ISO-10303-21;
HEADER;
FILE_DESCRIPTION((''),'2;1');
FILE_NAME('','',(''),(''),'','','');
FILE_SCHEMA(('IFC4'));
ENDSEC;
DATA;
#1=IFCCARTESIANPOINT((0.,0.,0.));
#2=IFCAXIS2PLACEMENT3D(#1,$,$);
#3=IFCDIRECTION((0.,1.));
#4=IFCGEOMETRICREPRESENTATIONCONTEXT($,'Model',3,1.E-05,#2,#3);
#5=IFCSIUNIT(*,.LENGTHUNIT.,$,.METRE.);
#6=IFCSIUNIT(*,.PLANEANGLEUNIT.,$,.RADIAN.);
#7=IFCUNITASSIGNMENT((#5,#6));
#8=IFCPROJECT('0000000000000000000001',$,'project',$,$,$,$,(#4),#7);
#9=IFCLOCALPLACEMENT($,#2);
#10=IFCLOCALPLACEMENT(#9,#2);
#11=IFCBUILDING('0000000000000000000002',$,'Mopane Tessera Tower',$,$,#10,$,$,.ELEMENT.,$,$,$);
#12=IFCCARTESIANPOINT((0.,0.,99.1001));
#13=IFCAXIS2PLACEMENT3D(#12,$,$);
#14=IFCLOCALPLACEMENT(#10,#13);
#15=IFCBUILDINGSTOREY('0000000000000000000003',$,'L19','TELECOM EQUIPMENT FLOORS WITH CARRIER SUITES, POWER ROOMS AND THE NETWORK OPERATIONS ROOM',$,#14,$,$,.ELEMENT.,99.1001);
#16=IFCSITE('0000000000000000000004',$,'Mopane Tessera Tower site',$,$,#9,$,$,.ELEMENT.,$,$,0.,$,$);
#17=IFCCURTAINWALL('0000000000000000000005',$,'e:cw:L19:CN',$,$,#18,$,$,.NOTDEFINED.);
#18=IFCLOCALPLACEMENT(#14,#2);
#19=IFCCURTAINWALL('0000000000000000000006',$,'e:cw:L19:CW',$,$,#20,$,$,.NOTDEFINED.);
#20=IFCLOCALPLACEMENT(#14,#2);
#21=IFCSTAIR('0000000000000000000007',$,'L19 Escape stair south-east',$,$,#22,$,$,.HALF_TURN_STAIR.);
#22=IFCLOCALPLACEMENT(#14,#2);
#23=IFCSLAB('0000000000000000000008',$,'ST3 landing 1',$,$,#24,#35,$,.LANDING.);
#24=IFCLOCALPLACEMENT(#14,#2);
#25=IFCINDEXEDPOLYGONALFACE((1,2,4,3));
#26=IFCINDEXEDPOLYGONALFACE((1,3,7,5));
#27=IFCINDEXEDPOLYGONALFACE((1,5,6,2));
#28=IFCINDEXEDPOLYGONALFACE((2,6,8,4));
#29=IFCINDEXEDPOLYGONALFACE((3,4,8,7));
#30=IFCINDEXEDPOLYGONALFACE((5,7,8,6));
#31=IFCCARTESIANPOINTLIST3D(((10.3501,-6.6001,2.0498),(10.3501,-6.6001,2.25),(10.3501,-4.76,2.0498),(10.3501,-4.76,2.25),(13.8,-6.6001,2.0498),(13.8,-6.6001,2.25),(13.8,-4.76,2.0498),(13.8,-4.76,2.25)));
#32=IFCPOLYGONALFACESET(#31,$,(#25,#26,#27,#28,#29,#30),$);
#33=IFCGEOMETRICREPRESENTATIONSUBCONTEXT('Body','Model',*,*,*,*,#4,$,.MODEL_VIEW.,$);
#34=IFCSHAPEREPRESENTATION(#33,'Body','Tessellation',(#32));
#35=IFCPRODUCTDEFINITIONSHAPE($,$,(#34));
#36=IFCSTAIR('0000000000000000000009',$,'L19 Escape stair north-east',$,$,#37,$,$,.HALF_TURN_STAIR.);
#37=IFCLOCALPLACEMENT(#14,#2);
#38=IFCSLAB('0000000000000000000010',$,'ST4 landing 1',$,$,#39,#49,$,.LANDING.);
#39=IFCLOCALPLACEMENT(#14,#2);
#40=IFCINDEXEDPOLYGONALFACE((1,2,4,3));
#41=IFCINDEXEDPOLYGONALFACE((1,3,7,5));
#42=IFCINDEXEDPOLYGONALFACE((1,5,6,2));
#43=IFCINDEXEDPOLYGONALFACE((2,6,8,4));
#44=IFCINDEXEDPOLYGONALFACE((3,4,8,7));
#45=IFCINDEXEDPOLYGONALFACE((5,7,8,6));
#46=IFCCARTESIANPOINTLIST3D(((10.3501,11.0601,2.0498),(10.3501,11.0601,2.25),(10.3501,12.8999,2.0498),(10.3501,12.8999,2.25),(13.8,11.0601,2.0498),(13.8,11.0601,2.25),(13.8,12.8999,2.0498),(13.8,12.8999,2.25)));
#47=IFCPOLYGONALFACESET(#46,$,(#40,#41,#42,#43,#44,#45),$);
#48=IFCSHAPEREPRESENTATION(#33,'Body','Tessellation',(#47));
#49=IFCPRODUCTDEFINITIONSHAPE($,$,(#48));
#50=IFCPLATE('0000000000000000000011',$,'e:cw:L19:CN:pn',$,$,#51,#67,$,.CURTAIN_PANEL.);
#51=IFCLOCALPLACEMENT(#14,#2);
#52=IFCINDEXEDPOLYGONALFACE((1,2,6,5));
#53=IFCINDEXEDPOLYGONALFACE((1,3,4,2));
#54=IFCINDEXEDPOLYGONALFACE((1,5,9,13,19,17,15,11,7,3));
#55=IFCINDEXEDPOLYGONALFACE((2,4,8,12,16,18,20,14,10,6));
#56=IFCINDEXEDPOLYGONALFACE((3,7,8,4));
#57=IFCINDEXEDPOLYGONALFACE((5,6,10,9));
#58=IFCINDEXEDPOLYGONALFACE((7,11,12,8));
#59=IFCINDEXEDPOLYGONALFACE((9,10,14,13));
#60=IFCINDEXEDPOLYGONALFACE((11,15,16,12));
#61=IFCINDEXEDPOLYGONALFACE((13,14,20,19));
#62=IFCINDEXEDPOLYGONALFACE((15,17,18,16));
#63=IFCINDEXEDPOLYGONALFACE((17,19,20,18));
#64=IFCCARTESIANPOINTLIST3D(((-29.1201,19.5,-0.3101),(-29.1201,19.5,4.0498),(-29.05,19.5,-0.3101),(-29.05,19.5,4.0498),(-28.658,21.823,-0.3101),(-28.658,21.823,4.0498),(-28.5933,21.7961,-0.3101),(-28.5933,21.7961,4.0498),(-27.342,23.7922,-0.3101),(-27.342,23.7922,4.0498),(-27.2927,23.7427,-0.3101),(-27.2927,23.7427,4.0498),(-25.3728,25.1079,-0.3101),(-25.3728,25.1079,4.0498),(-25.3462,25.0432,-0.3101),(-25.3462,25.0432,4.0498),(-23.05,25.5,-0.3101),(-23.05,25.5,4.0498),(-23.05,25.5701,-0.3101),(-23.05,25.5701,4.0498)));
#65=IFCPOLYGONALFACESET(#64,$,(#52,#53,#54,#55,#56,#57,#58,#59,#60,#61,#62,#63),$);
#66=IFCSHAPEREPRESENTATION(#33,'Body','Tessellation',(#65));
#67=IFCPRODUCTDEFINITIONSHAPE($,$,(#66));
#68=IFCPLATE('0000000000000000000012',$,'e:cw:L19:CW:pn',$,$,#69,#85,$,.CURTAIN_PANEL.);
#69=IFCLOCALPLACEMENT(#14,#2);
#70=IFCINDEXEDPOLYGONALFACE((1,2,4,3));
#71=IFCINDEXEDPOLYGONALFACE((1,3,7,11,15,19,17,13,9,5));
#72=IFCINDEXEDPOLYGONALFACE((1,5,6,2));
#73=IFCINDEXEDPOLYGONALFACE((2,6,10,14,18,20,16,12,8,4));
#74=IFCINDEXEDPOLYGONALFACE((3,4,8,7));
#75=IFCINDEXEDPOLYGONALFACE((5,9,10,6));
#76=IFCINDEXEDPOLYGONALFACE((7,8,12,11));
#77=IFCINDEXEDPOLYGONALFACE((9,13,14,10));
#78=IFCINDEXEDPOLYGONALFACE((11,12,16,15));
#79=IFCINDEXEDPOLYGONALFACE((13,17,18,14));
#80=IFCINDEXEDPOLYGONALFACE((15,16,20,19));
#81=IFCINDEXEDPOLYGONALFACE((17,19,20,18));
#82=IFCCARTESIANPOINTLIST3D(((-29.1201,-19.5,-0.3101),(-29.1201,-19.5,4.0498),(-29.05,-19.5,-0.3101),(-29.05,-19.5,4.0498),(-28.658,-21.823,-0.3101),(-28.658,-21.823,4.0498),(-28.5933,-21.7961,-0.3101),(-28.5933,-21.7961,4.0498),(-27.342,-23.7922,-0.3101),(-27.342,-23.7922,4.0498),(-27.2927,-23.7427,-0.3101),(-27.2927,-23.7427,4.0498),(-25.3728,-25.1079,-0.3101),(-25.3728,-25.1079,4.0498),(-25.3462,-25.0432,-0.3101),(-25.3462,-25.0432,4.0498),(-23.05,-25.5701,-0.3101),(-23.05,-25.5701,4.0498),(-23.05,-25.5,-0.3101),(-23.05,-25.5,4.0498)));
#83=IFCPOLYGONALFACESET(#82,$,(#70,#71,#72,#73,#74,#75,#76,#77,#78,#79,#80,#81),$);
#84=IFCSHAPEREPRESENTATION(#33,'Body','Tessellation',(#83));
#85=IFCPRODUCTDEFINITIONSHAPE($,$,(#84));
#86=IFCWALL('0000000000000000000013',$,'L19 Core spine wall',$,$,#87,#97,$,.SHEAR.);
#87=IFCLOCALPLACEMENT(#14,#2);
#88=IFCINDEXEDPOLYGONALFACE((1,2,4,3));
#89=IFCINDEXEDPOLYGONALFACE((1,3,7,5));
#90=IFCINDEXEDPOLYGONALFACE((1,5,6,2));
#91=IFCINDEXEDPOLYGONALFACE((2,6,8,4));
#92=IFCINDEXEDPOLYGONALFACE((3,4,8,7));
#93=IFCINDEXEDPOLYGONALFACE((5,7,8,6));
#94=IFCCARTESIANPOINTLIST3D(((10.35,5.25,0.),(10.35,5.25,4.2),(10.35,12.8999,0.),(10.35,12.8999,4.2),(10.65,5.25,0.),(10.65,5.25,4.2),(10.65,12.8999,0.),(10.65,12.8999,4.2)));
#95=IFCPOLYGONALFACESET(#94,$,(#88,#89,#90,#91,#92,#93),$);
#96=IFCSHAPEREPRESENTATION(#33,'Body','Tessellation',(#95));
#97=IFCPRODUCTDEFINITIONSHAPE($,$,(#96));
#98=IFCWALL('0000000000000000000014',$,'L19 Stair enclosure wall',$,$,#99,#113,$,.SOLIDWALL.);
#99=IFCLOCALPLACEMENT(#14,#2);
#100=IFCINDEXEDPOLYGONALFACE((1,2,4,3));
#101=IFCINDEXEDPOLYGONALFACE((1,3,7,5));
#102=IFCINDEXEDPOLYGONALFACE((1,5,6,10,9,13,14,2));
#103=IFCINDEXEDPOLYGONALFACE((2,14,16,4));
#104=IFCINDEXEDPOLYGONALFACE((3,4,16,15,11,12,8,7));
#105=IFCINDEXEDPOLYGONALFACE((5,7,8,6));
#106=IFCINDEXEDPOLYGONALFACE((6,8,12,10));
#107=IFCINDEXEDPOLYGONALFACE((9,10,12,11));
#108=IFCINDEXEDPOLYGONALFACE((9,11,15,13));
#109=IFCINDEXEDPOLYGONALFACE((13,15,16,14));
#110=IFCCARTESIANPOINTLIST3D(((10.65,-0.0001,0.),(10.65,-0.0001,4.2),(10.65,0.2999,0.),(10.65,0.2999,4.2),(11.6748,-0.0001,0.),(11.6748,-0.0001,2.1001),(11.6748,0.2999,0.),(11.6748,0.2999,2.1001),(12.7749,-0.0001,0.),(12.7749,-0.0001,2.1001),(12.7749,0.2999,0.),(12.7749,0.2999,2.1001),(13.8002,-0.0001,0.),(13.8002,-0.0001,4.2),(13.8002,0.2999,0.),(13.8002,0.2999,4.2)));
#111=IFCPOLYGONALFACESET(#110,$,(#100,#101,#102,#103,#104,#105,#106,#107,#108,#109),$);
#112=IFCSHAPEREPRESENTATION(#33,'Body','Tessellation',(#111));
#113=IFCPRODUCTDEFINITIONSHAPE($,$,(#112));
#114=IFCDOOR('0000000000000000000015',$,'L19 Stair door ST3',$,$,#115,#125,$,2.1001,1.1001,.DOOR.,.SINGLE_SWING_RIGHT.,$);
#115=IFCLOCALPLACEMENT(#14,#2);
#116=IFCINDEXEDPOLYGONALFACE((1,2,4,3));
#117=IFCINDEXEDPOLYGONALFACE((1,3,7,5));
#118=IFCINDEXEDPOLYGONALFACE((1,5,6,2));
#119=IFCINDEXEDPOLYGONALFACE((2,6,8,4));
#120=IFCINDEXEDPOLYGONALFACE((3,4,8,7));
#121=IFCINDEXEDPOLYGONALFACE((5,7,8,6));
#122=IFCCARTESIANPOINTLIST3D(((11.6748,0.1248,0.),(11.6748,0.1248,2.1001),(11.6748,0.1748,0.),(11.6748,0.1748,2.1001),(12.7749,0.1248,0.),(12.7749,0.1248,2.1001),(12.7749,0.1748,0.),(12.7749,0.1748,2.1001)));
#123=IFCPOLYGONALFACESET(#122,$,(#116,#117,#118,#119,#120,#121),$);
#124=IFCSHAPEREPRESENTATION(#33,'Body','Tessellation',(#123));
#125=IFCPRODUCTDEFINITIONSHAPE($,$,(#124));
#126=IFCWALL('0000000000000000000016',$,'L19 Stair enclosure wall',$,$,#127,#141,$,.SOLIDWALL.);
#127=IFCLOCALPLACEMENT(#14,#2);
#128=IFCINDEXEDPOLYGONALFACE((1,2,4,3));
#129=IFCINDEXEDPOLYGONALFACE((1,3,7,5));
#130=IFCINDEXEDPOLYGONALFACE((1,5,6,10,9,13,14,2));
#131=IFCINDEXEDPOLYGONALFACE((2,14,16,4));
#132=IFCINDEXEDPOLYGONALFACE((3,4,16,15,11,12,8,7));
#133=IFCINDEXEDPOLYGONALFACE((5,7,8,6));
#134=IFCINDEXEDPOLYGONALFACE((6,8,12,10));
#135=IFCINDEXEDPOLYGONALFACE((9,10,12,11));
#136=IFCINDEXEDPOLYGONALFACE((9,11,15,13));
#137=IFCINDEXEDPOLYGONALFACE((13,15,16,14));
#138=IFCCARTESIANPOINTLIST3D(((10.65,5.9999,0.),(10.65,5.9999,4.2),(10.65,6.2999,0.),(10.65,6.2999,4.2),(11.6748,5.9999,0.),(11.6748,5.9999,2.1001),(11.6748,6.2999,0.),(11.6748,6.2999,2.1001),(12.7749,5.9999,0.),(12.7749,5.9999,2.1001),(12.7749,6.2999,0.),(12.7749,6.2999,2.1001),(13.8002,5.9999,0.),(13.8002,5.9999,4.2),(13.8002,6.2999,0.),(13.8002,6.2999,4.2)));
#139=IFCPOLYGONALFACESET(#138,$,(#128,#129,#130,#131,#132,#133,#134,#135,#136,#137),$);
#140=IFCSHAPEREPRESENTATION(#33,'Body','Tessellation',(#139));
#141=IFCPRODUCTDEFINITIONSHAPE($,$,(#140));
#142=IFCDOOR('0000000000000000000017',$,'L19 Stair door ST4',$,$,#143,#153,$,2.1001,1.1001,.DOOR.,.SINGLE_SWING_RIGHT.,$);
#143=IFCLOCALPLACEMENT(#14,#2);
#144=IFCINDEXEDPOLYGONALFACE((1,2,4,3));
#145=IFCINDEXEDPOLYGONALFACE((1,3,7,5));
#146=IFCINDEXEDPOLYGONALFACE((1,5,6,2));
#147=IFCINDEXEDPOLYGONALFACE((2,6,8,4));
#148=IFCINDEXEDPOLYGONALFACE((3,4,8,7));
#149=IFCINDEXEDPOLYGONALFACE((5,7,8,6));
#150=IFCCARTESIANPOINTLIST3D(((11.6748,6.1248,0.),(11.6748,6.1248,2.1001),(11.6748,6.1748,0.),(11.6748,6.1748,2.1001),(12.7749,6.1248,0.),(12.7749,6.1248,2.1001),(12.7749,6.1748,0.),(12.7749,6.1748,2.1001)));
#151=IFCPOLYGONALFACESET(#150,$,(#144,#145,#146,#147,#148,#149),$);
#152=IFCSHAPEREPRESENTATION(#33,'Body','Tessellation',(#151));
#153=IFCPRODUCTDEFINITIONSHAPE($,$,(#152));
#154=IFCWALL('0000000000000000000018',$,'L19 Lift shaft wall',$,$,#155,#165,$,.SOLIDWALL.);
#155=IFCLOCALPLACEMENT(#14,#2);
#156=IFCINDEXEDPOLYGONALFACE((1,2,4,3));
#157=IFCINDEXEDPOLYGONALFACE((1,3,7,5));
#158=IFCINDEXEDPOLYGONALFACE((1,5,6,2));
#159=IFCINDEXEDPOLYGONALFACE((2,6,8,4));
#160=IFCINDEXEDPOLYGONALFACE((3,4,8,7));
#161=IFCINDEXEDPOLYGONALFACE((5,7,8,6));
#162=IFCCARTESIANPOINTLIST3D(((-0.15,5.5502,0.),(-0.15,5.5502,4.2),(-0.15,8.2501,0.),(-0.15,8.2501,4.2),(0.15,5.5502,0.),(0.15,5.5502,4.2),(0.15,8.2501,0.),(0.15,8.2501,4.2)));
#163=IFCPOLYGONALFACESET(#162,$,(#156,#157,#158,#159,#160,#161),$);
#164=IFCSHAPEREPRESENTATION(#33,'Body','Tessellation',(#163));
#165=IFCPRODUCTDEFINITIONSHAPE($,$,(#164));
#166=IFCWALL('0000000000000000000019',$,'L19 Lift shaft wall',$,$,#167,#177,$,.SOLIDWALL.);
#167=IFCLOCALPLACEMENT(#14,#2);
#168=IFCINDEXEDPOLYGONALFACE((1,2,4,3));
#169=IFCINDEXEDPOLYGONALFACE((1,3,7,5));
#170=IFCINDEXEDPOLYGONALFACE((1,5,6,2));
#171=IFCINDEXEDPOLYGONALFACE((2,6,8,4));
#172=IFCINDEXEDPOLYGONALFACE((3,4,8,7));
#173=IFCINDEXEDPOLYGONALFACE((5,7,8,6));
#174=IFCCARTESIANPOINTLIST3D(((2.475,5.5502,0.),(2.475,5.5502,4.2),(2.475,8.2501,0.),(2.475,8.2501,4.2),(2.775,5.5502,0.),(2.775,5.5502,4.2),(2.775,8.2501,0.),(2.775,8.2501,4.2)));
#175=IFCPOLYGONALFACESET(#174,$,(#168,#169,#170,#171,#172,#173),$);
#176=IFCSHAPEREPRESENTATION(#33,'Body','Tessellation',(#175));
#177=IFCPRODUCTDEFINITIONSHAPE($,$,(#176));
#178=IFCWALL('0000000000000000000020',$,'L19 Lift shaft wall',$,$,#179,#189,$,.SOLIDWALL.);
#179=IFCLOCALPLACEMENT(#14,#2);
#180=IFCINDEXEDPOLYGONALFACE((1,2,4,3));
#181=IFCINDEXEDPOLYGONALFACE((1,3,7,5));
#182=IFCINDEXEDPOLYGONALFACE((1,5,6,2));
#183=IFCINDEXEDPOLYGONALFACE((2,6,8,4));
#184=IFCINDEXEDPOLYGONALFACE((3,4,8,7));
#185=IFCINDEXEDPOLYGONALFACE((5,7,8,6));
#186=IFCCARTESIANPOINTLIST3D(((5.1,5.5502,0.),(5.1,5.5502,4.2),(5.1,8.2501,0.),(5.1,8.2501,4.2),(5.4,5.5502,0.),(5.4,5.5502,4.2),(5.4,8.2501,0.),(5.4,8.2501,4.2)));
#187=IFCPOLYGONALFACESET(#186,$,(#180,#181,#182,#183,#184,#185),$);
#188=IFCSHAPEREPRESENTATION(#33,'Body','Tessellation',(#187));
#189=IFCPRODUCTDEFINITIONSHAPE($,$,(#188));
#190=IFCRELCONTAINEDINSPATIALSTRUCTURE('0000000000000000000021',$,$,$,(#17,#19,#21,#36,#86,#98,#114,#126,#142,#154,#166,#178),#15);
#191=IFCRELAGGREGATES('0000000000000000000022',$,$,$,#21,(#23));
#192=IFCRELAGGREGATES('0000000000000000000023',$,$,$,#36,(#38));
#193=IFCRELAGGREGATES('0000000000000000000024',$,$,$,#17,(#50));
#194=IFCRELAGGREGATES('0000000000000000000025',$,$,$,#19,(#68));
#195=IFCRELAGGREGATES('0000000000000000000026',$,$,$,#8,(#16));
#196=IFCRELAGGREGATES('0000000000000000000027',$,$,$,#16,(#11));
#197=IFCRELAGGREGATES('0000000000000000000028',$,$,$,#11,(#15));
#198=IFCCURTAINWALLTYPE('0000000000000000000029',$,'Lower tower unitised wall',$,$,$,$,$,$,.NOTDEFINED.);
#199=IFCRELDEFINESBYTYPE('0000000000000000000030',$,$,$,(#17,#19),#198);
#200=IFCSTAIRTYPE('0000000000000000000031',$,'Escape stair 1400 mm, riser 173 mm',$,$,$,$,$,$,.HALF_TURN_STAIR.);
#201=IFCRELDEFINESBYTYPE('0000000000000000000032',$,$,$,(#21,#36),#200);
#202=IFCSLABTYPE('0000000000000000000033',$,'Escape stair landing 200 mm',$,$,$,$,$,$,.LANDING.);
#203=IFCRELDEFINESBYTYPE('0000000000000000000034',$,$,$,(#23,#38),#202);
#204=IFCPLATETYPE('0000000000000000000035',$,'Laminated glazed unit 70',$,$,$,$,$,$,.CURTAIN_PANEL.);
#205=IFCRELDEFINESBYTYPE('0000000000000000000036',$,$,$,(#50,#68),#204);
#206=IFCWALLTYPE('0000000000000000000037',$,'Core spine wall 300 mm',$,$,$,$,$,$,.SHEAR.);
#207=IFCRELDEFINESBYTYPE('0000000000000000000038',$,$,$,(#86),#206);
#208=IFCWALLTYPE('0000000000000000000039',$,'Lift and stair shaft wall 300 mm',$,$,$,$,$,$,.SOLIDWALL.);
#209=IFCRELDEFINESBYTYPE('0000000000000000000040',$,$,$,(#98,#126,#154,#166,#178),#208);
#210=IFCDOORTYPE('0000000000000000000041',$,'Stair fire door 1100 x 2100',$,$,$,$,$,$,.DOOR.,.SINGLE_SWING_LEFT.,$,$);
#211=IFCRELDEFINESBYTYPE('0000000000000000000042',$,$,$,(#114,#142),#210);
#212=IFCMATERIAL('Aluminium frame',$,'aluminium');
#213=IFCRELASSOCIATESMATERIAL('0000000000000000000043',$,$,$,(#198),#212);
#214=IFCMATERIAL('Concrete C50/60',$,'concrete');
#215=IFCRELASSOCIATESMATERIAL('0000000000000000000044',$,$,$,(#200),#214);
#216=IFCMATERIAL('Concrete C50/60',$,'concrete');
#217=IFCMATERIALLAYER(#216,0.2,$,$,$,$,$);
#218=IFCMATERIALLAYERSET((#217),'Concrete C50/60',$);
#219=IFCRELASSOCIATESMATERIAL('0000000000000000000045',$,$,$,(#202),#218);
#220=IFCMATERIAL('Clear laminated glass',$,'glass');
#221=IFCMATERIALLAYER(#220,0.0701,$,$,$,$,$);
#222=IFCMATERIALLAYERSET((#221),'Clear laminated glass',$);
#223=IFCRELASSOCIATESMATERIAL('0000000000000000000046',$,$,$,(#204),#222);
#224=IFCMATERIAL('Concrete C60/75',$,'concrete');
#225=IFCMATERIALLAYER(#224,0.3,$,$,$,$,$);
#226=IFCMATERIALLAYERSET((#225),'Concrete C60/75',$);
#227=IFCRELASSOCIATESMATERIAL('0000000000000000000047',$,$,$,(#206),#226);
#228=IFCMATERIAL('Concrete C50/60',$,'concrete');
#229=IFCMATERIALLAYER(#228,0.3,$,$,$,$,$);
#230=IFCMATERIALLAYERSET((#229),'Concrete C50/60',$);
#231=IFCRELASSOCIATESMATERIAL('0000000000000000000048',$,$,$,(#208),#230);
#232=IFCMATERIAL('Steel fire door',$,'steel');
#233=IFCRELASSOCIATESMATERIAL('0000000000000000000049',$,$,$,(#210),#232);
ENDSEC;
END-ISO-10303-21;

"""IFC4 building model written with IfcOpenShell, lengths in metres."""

from ifc_helpers import new_model, si_unit, direction, frame, frame_2d, origin, place, context, subcontext, project, spatial, polyline, rectangle, outline, extrude, material, layer, layer_set, type_object, element, fill, aggregate, save


model = new_model("IFC4")

# Units and contexts
model_context = context("Model", 3, precision=1e-05, world=origin(), true_north=direction((0.0, 1.0)))
body_context = subcontext(model_context, "Body", "Model", "MODEL_VIEW")
ifc_project = project(units=[si_unit("LENGTHUNIT", "METRE"), si_unit("PLANEANGLEUNIT", "RADIAN")], contexts=[model_context])

# Site, building, storey
site_placement = place(None, origin())
site = spatial("IfcSite", under=ifc_project, at=site_placement, Name="Mopane Tessera Tower site", CompositionType="ELEMENT", RefElevation=0.0)
building_placement = place(site_placement, origin())
building = spatial("IfcBuilding", under=site, at=building_placement, Name="Mopane Tessera Tower", CompositionType="ELEMENT")
storey_placement = place(building_placement, frame((0.0, 0.0, 99.1001)))
storey = spatial("IfcBuildingStorey", under=building, at=storey_placement, Name="L19", Description="TELECOM EQUIPMENT FLOORS WITH CARRIER SUITES, POWER ROOMS AND THE NETWORK OPERATIONS ROOM", CompositionType="ELEMENT", Elevation=99.1001)

# Curtain walls
ifc_material_1 = material(Name="Aluminium frame", Category="aluminium")
curtain_wall_type = type_object("IfcCurtainWallType", Name="Lower tower unitised wall", PredefinedType="NOTDEFINED", material=ifc_material_1)
curtain_wall_1_placement = place(storey_placement, origin())
curtain_wall_1 = element("IfcCurtainWall", 1, at=curtain_wall_1_placement, inside=storey, type_object=curtain_wall_type, Name="e:cw:L19:CN", PredefinedType="NOTDEFINED")
curtain_wall_2_placement = place(storey_placement, origin())
curtain_wall_2 = element("IfcCurtainWall", 2, at=curtain_wall_2_placement, inside=storey, type_object=curtain_wall_type, Name="e:cw:L19:CW", PredefinedType="NOTDEFINED")

# Stairs, slabs
ifc_material_2 = material(Name="Concrete C50/60", Category="concrete")
stair_type = type_object("IfcStairType", Name="Escape stair 1400 mm, riser 173 mm", PredefinedType="HALF_TURN_STAIR", material=ifc_material_2)
ifc_material_3 = material(Name="Concrete C50/60", Category="concrete")
ifc_layer_1 = layer(ifc_material_3, 0.2)
ifc_layer_set_1 = layer_set([ifc_layer_1], Name="Concrete C50/60")
slab_type_1 = type_object("IfcSlabType", Name="Escape stair landing 200 mm", PredefinedType="LANDING", material=ifc_layer_set_1)
stair_1_placement = place(storey_placement, origin())
stair_1 = element("IfcStair", 3, at=stair_1_placement, inside=storey, type_object=stair_type, Name="L19 Escape stair south-east", PredefinedType="HALF_TURN_STAIR")
slab_1_placement = place(storey_placement, frame((0.0, 0.0, 2.0498)))
slab_1 = element("IfcSlab", 4, at=slab_1_placement, type_object=slab_type_1, Name="ST3 landing 1", PredefinedType="LANDING", context=body_context, shape_type="SweptSolid", body=[
    extrude(outline(polyline([(10.3501, -4.76), (10.3501, -6.6001), (13.8, -6.6001), (13.8, -4.76), (10.3501, -4.76)])), origin(), (0.0, 0.0, 1.0), 0.2002),
])
aggregate(stair_1, [slab_1])
stair_2_placement = place(storey_placement, origin())
stair_2 = element("IfcStair", 5, at=stair_2_placement, inside=storey, type_object=stair_type, Name="L19 Escape stair north-east", PredefinedType="HALF_TURN_STAIR")
slab_2_placement = place(storey_placement, frame((0.0, 0.0, 2.0498)))
slab_2 = element("IfcSlab", 6, at=slab_2_placement, type_object=slab_type_1, Name="ST4 landing 1", PredefinedType="LANDING", context=body_context, shape_type="SweptSolid", body=[
    extrude(outline(polyline([(13.8, 11.0601), (13.8, 12.8999), (10.3501, 12.8999), (10.3501, 11.0601), (13.8, 11.0601)])), origin(), (0.0, 0.0, 1.0), 0.2002),
])
aggregate(stair_2, [slab_2])

# Plates
ifc_material_4 = material(Name="Clear laminated glass", Category="glass")
ifc_layer_2 = layer(ifc_material_4, 0.0701)
ifc_layer_set_2 = layer_set([ifc_layer_2], Name="Clear laminated glass")
plate_type = type_object("IfcPlateType", Name="Laminated glazed unit 70", PredefinedType="CURTAIN_PANEL", material=ifc_layer_set_2)
plate_1_placement = place(storey_placement, frame((0.0, 0.0, -0.3101)))
plate_1 = element("IfcPlate", 7, at=plate_1_placement, type_object=plate_type, Name="e:cw:L19:CN:pn", PredefinedType="CURTAIN_PANEL", context=body_context, shape_type="SweptSolid", body=[
    extrude(outline(polyline([(-23.05, 25.5), (-25.3462, 25.0432), (-27.2927, 23.7427), (-28.5933, 21.7961), (-29.05, 19.5), (-29.1201, 19.5), (-28.658, 21.823), (-27.342, 23.7922), (-25.3728, 25.1079), (-23.05, 25.5701), (-23.05, 25.5)])), origin(), (0.0, 0.0, 1.0), 4.3599),
])
aggregate(curtain_wall_1, [plate_1])
plate_2_placement = place(storey_placement, frame((0.0, 0.0, -0.3101)))
plate_2 = element("IfcPlate", 8, at=plate_2_placement, type_object=plate_type, Name="e:cw:L19:CW:pn", PredefinedType="CURTAIN_PANEL", context=body_context, shape_type="SweptSolid", body=[
    extrude(outline(polyline([(-29.05, -19.5), (-28.5933, -21.7961), (-27.2927, -23.7427), (-25.3462, -25.0432), (-23.05, -25.5), (-23.05, -25.5701), (-25.3728, -25.1079), (-27.342, -23.7922), (-28.658, -21.823), (-29.1201, -19.5), (-29.05, -19.5)])), origin(), (0.0, 0.0, 1.0), 4.3599),
])
aggregate(curtain_wall_2, [plate_2])

# Wall
ifc_material_5 = material(Name="Concrete C60/75", Category="concrete")
ifc_layer_3 = layer(ifc_material_5, 0.3)
ifc_layer_set_3 = layer_set([ifc_layer_3], Name="Concrete C60/75")
wall_type_1 = type_object("IfcWallType", Name="Core spine wall 300 mm", PredefinedType="SHEAR", material=ifc_layer_set_3)
wall_1_placement = place(storey_placement, frame((10.5, 5.25, 0.0), z_axis=(0.0, 0.0, 1.0), x_axis=(0.0, 1.0, 0.0)))
element("IfcWall", 9, at=wall_1_placement, inside=storey, type_object=wall_type_1, Name="L19 Core spine wall", PredefinedType="SHEAR", context=body_context, shape_type="SweptSolid", body=[
    extrude(rectangle(XDim=7.6499, YDim=0.3, at=frame_2d((3.825, 0.0))), origin(), (0.0, 0.0, 1.0), 4.2),
])

# Walls, openings, doors
ifc_material_6 = material(Name="Concrete C50/60", Category="concrete")
ifc_layer_4 = layer(ifc_material_6, 0.3)
ifc_layer_set_4 = layer_set([ifc_layer_4], Name="Concrete C50/60")
wall_type_2 = type_object("IfcWallType", Name="Lift and stair shaft wall 300 mm", PredefinedType="SOLIDWALL", material=ifc_layer_set_4)
wall_2_placement = place(storey_placement, frame((10.6499, 0.1499, 0.0), z_axis=(0.0, 0.0, 1.0), x_axis=(1.0, 0.0, 0.0)))
wall_2 = element("IfcWall", 10, at=wall_2_placement, inside=storey, type_object=wall_type_2, Name="L19 Stair enclosure wall", PredefinedType="SOLIDWALL", context=body_context, shape_type="SweptSolid", body=[
    extrude(rectangle(XDim=3.1501, YDim=0.3, at=frame_2d((1.5752, 0.0))), origin(), (0.0, 0.0, 1.0), 4.2),
])
opening_1_placement = place(wall_2_placement, frame((1.0249, 0.0, 0.0)))
opening_1 = element("IfcOpeningElement", 11, at=opening_1_placement, cuts=wall_2, PredefinedType="OPENING", context=body_context, shape_type="SweptSolid", body=[
    extrude(rectangle(XDim=1.1001, YDim=2.1001, at=frame_2d((0.55, 1.05))), frame((0.0, 0.1621, 0.0), z_axis=(0.0, -1.0, 0.0), x_axis=(1.0, 0.0, 0.0)), (0.0, 0.0, 1.0), 0.324),
])
ifc_material_7 = material(Name="Steel fire door", Category="steel")
door_type = type_object("IfcDoorType", Name="Stair fire door 1100 x 2100", OperationType="SINGLE_SWING_LEFT", PredefinedType="DOOR", material=ifc_material_7)
door_1_placement = place(opening_1_placement, origin())
door_1 = element("IfcDoor", 12, at=door_1_placement, inside=storey, type_object=door_type, Name="L19 Stair door ST3", OperationType="SINGLE_SWING_RIGHT", OverallHeight=2.1001, OverallWidth=1.1001, PredefinedType="DOOR", context=body_context, shape_type="SweptSolid", body=[
    extrude(rectangle(XDim=1.1001, YDim=2.1001, at=frame_2d((0.55, 1.05))), frame((0.0, 0.0249, 0.0), z_axis=(0.0, -1.0, 0.0), x_axis=(1.0, 0.0, 0.0)), (0.0, 0.0, 1.0), 0.05),
])
fill(opening_1, door_1)
wall_3_placement = place(storey_placement, frame((10.6499, 6.1499, 0.0), z_axis=(0.0, 0.0, 1.0), x_axis=(1.0, 0.0, 0.0)))
wall_3 = element("IfcWall", 13, at=wall_3_placement, inside=storey, type_object=wall_type_2, Name="L19 Stair enclosure wall", PredefinedType="SOLIDWALL", context=body_context, shape_type="SweptSolid", body=[
    extrude(rectangle(XDim=3.1501, YDim=0.3, at=frame_2d((1.5752, 0.0))), origin(), (0.0, 0.0, 1.0), 4.2),
])
opening_2_placement = place(wall_3_placement, frame((1.0249, 0.0, 0.0)))
opening_2 = element("IfcOpeningElement", 14, at=opening_2_placement, cuts=wall_3, PredefinedType="OPENING", context=body_context, shape_type="SweptSolid", body=[
    extrude(rectangle(XDim=1.1001, YDim=2.1001, at=frame_2d((0.55, 1.05))), frame((0.0, 0.1621, 0.0), z_axis=(0.0, -1.0, 0.0), x_axis=(1.0, 0.0, 0.0)), (0.0, 0.0, 1.0), 0.324),
])
door_2_placement = place(opening_2_placement, origin())
door_2 = element("IfcDoor", 15, at=door_2_placement, inside=storey, type_object=door_type, Name="L19 Stair door ST4", OperationType="SINGLE_SWING_RIGHT", OverallHeight=2.1001, OverallWidth=1.1001, PredefinedType="DOOR", context=body_context, shape_type="SweptSolid", body=[
    extrude(rectangle(XDim=1.1001, YDim=2.1001, at=frame_2d((0.55, 1.05))), frame((0.0, 0.0249, 0.0), z_axis=(0.0, -1.0, 0.0), x_axis=(1.0, 0.0, 0.0)), (0.0, 0.0, 1.0), 0.05),
])
fill(opening_2, door_2)

# Walls
for number, where, z_axis, x_axis, name in (
    (16, (0.0, 5.55, 0.0), (0.0, 0.0, 1.0), (0.0, 1.0, 0.0), "L19 Lift shaft wall"),
    (17, (2.625, 5.55, 0.0), (0.0, 0.0, 1.0), (0.0, 1.0, 0.0), "L19 Lift shaft wall"),
    (18, (5.25, 5.55, 0.0), (0.0, 0.0, 1.0), (0.0, 1.0, 0.0), "L19 Lift shaft wall"),
):
    element("IfcWall", number, at=place(storey_placement, frame(where, z_axis=z_axis, x_axis=x_axis)), inside=storey, type_object=wall_type_2, Name=name, PredefinedType="SOLIDWALL", context=body_context, shape_type="SweptSolid", body=[
        extrude(rectangle(XDim=2.7, YDim=0.3, at=frame_2d((1.3501, 0.0))), origin(), (0.0, 0.0, 1.0), 4.2),
    ])

save(model, "model.ifc")
